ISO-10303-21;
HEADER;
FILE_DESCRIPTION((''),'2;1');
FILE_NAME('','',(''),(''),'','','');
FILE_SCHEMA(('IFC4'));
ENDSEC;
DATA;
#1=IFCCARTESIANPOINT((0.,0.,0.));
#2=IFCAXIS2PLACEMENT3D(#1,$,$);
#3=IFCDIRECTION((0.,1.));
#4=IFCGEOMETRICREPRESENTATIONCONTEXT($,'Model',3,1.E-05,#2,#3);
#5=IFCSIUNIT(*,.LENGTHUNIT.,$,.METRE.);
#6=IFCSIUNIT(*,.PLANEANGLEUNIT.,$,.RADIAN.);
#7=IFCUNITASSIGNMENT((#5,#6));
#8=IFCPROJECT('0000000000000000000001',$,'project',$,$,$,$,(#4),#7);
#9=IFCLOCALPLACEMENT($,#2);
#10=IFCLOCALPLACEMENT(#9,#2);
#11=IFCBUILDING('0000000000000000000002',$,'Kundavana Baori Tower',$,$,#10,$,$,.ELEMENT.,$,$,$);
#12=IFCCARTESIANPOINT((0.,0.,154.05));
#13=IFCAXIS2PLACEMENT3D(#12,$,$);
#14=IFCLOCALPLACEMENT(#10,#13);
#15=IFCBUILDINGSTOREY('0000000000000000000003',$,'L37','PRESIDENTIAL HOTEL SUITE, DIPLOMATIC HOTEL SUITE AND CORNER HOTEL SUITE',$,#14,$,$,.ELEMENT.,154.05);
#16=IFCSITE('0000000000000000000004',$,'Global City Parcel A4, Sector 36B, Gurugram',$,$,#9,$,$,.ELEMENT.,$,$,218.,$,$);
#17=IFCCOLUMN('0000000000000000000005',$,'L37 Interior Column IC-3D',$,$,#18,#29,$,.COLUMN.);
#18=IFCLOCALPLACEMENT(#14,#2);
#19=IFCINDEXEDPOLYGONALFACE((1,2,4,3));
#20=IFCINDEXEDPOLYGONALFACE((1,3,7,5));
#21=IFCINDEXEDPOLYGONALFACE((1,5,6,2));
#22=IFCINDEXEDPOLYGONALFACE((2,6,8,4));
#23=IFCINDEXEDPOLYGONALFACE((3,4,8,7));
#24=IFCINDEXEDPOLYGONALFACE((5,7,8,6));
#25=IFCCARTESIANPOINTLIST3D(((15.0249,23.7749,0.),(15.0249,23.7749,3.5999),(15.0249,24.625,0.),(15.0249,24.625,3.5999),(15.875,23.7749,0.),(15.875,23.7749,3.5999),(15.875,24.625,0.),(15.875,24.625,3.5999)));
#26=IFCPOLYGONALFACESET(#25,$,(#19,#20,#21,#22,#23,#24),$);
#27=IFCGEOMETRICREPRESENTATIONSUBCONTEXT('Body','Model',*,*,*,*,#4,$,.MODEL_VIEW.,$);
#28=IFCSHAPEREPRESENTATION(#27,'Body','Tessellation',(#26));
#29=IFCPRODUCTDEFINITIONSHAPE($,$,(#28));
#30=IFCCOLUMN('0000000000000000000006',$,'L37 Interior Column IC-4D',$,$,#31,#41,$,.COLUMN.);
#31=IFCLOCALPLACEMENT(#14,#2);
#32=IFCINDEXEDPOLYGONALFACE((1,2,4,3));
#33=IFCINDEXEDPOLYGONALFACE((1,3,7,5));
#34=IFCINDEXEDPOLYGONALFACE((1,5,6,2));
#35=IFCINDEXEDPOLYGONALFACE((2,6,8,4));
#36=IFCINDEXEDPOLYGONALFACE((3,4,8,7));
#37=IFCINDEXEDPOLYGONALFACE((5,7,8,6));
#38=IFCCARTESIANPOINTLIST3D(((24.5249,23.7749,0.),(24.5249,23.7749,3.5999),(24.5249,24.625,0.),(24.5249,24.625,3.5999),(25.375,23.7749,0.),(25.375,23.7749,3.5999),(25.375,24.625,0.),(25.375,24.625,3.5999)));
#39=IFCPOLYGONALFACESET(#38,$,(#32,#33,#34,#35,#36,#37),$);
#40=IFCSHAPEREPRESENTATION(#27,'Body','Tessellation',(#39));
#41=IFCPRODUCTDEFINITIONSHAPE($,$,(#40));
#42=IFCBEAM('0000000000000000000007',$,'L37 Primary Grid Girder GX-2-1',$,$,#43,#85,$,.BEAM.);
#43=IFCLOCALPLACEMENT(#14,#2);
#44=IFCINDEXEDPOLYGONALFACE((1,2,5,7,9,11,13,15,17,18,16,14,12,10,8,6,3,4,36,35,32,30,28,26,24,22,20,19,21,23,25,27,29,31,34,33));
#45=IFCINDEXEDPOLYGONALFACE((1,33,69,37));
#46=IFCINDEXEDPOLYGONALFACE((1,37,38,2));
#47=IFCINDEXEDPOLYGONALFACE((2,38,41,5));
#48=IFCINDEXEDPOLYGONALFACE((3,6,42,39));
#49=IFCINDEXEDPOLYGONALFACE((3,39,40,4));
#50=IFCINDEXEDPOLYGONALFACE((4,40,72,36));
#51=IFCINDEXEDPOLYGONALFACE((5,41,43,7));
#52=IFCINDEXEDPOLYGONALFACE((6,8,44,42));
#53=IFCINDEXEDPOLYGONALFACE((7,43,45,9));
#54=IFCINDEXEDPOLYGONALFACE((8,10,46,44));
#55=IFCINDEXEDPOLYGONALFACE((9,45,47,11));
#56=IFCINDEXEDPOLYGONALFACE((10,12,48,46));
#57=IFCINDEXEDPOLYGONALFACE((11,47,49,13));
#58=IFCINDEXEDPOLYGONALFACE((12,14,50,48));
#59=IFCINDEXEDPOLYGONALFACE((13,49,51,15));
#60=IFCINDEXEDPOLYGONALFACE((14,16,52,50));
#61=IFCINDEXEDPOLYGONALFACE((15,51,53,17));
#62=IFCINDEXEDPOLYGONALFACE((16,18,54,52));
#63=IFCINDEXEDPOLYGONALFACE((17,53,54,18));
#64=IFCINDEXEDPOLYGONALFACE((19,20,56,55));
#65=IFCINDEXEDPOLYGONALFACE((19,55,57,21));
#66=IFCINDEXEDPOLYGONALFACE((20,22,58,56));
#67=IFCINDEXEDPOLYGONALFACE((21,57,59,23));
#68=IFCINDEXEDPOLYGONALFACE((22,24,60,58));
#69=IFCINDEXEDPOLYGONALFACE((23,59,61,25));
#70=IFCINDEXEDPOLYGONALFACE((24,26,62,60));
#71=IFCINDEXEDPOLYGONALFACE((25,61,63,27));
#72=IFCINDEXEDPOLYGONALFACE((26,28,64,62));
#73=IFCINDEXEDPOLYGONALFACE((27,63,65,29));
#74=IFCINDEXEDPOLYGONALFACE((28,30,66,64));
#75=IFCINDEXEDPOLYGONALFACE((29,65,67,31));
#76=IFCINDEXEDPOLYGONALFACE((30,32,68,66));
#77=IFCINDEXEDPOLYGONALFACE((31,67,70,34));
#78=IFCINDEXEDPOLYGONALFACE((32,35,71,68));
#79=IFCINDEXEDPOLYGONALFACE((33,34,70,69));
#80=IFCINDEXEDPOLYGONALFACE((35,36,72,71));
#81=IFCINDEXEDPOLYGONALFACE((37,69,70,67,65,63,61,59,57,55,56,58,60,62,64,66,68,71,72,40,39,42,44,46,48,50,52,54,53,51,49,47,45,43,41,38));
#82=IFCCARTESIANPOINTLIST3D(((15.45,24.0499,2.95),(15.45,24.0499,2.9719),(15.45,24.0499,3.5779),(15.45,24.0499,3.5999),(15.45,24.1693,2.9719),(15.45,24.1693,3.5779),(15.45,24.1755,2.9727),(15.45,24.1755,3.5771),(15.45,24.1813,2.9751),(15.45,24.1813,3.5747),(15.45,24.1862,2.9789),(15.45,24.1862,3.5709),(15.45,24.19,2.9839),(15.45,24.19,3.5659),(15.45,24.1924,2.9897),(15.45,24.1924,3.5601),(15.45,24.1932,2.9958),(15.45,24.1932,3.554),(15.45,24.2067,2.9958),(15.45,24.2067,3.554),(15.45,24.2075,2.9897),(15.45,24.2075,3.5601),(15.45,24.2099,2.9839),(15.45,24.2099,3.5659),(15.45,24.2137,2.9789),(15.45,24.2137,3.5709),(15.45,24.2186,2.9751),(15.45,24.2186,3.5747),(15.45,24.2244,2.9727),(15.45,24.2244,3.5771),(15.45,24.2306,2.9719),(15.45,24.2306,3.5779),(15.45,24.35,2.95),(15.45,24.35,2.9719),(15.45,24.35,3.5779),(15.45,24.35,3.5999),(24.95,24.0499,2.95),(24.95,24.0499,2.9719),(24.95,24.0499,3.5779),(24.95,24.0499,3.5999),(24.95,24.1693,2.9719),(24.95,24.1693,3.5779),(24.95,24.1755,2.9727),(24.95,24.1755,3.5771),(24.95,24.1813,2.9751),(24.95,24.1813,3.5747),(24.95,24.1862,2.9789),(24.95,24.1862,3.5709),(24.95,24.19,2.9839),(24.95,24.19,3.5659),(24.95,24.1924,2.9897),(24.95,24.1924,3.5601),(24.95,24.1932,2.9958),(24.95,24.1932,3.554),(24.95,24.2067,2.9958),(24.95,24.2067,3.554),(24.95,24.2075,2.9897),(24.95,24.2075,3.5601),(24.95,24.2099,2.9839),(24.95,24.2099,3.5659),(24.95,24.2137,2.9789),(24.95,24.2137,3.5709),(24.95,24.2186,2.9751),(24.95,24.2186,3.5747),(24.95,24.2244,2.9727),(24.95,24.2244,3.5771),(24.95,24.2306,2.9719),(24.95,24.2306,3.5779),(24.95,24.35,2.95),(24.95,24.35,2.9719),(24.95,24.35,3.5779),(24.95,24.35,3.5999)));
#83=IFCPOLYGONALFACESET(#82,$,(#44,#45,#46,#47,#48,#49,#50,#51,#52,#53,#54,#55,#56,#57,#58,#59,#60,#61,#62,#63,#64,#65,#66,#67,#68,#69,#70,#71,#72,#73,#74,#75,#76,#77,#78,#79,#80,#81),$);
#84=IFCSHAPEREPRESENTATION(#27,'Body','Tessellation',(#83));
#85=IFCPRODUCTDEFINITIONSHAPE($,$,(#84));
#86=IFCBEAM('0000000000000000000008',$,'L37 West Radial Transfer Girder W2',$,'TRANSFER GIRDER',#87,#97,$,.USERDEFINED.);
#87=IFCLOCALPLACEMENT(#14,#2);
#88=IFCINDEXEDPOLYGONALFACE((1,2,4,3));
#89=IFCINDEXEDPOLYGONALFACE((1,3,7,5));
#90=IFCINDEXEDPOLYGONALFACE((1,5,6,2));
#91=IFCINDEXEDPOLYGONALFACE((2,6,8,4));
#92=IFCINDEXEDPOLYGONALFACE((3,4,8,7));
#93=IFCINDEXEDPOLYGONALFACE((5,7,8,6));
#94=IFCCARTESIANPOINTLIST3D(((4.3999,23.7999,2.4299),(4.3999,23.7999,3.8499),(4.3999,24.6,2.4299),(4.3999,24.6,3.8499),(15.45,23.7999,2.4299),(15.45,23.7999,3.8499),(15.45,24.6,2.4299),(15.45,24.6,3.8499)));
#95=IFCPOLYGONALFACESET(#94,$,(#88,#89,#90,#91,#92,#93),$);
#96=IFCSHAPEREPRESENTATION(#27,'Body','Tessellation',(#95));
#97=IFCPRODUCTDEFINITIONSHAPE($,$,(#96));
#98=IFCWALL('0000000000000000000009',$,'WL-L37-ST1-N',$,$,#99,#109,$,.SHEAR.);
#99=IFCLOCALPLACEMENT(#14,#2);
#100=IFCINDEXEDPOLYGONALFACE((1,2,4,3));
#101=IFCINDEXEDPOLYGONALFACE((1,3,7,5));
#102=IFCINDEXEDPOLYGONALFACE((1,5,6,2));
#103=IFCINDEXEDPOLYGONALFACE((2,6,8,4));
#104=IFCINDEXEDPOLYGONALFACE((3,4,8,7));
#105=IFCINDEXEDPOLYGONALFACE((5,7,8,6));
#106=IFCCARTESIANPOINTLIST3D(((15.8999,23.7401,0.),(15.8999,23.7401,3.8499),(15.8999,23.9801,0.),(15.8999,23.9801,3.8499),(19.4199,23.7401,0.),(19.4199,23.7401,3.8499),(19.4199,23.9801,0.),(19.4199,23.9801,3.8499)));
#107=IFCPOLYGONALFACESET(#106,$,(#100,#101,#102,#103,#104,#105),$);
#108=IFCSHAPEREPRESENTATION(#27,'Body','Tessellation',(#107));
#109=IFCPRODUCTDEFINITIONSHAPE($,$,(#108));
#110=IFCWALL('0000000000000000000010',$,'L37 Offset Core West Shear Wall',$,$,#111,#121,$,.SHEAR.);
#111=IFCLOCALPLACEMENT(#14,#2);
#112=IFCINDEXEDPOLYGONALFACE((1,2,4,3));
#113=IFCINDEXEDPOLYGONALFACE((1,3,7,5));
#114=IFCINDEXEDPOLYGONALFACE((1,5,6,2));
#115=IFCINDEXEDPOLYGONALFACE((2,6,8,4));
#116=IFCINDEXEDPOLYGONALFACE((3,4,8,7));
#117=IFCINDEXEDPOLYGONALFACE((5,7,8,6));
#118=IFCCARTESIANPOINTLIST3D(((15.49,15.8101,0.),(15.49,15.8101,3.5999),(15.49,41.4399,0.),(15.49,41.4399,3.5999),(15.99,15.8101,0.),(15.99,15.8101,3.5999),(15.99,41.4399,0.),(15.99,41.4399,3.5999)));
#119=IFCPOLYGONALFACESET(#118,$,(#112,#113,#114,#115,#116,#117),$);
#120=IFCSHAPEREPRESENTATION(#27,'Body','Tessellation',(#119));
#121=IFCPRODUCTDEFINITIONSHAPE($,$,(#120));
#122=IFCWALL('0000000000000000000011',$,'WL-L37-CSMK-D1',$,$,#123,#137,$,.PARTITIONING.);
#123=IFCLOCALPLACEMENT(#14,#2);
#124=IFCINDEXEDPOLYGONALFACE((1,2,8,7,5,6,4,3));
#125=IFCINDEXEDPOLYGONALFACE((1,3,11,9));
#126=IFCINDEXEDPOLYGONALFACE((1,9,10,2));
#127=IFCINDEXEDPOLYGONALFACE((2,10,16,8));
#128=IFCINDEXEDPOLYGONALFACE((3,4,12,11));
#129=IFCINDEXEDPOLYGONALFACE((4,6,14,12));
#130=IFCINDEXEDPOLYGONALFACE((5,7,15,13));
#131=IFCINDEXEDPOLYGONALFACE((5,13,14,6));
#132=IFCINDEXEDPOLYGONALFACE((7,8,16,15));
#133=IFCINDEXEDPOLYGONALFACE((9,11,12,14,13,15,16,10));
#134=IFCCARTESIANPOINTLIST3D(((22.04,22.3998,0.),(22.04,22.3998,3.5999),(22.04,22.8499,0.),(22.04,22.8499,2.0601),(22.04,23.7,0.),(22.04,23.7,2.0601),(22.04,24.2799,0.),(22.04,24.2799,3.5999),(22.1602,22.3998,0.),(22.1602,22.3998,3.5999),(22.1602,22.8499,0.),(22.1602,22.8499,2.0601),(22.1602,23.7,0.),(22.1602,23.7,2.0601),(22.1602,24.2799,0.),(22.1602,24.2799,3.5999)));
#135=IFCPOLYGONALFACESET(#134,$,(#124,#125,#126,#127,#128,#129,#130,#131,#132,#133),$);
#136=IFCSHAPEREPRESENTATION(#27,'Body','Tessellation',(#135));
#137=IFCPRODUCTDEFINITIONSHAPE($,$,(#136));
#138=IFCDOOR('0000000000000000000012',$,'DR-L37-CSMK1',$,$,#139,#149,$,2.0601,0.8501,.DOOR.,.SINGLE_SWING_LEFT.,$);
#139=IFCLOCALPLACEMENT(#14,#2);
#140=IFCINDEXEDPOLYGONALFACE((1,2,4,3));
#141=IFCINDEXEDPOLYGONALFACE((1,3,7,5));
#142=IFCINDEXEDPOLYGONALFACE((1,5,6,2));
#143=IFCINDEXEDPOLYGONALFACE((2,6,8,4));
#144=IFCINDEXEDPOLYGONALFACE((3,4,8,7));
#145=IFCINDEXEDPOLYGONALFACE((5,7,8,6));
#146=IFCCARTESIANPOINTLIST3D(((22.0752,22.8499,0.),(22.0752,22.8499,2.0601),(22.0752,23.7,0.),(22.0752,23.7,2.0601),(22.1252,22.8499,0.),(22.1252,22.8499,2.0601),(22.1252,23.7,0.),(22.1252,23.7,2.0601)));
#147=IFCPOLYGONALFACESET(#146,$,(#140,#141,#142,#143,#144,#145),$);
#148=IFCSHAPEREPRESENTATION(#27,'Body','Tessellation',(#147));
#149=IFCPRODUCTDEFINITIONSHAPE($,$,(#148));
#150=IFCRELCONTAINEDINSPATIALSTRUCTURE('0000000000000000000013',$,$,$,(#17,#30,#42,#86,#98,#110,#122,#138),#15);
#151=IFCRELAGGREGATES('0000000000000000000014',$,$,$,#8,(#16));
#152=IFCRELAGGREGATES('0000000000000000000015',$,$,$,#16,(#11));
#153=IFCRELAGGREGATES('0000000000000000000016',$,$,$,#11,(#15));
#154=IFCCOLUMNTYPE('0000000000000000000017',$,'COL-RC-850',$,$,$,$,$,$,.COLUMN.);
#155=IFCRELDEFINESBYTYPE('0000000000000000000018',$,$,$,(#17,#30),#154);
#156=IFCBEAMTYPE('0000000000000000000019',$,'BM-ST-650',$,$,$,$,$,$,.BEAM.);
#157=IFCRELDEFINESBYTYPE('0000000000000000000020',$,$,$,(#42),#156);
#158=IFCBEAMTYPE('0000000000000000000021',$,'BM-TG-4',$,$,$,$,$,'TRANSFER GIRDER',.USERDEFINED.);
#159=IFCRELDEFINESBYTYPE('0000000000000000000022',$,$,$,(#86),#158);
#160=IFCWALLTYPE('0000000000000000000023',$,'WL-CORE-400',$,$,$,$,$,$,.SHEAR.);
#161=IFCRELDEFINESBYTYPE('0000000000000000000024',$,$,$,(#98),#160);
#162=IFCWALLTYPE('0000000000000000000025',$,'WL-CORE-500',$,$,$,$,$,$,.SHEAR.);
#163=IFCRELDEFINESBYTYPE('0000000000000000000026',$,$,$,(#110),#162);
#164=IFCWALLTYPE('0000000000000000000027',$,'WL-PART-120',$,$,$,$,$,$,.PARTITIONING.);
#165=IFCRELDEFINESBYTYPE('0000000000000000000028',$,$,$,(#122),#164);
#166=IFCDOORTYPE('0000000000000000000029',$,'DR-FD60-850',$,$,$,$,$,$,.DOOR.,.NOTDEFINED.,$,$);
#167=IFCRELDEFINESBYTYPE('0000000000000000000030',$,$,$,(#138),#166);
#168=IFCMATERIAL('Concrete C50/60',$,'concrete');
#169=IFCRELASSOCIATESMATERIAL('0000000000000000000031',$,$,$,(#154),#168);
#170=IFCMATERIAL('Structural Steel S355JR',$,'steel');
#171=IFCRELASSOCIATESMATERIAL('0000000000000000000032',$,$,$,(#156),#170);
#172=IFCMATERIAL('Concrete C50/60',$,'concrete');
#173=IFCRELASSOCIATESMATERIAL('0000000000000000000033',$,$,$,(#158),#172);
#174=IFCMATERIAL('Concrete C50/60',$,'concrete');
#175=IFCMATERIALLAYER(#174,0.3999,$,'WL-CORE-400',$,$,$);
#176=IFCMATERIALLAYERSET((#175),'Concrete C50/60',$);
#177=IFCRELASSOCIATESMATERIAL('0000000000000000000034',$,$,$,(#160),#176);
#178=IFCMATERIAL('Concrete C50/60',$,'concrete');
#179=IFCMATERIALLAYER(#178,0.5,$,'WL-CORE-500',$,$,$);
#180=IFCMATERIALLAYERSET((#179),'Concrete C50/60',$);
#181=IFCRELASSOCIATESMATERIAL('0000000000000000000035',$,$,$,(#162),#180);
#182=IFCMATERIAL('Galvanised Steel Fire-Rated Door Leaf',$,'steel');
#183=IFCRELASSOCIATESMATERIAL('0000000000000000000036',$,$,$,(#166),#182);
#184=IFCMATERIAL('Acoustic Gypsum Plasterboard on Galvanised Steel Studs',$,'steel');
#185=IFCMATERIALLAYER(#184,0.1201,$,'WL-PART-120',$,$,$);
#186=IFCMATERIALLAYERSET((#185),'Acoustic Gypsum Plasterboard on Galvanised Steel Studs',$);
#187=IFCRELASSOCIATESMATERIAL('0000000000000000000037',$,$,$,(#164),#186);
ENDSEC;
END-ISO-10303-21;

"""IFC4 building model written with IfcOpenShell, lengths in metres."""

from ifc_helpers import new_model, si_unit, direction, frame, frame_2d, origin, origin_2d, place, context, subcontext, project, spatial, rectangle, i_section, extrude, material, layer, layer_set, material_profile, profile_set, type_object, element, fill, save


model = new_model("IFC4")

# Units and contexts
model_context = context("Model", 3, precision=1e-05, world=origin(), true_north=direction((0.0, 1.0)))
body_context = subcontext(model_context, "Body", "Model", "MODEL_VIEW")
ifc_project = project(units=[si_unit("LENGTHUNIT", "METRE"), si_unit("PLANEANGLEUNIT", "RADIAN")], contexts=[model_context])

# Site, building, storey
site_placement = place(None, origin())
site = spatial("IfcSite", under=ifc_project, at=site_placement, Name="Global City Parcel A4, Sector 36B, Gurugram", CompositionType="ELEMENT", RefElevation=218.0)
building_placement = place(site_placement, origin())
building = spatial("IfcBuilding", under=site, at=building_placement, Name="Kundavana Baori Tower", CompositionType="ELEMENT")
storey_placement = place(building_placement, frame((0.0, 0.0, 154.05)))
storey = spatial("IfcBuildingStorey", under=building, at=storey_placement, Name="L37", Description="PRESIDENTIAL HOTEL SUITE, DIPLOMATIC HOTEL SUITE AND CORNER HOTEL SUITE", CompositionType="ELEMENT", Elevation=154.05)

# Columns
ifc_material_1 = material(Name="Concrete C50/60", Category="concrete")
ifc_material_profile_1 = material_profile(ifc_material_1, rectangle(XDim=0.8501, YDim=0.8501, at=origin_2d()), Name="RC 850x850")
ifc_profile_set_1 = profile_set([ifc_material_profile_1], Name="Concrete C50/60")
column_type = type_object("IfcColumnType", Name="COL-RC-850", PredefinedType="COLUMN", material=ifc_profile_set_1)
for number, where, z_axis, x_axis, name in (
    (1, (15.45, 24.2, 0.0), (0.0, 0.0, 1.0), (1.0, 0.0, 0.0), "L37 Interior Column IC-3D"),
    (2, (24.95, 24.2, 0.0), (0.0, 0.0, 1.0), (1.0, 0.0, 0.0), "L37 Interior Column IC-4D"),
):
    element("IfcColumn", number, at=place(storey_placement, frame(where, z_axis=z_axis, x_axis=x_axis)), inside=storey, type_object=column_type, Name=name, PredefinedType="COLUMN", context=body_context, shape_type="SweptSolid", body=[
        extrude(rectangle(XDim=0.8501, YDim=0.8501, at=origin_2d()), origin(), (0.0, 0.0, 1.0), 3.5999),
    ])

# Beams
ifc_material_2 = material(Name="Structural Steel S355JR", Category="steel")
ifc_material_profile_2 = material_profile(ifc_material_2, i_section(OverallWidth=0.3, OverallDepth=0.6499, WebThickness=0.0134, FlangeThickness=0.022, FilletRadius=0.0239, at=origin_2d()), Name="NPB 650x300x155")
ifc_profile_set_2 = profile_set([ifc_material_profile_2], Name="Structural Steel S355JR")
beam_type_1 = type_object("IfcBeamType", Name="BM-ST-650", PredefinedType="BEAM", material=ifc_profile_set_2)
beam_1_placement = place(storey_placement, frame((15.45, 24.2, 3.2749), z_axis=(1.0, 0.0, 0.0), x_axis=(0.0, 1.0, 0.0)))
element("IfcBeam", 3, at=beam_1_placement, inside=storey, type_object=beam_type_1, Name="L37 Primary Grid Girder GX-2-1", PredefinedType="BEAM", context=body_context, shape_type="SweptSolid", body=[
    extrude(i_section(OverallWidth=0.3, OverallDepth=0.6499, WebThickness=0.0134, FlangeThickness=0.022, FilletRadius=0.0239, at=origin_2d()), origin(), (0.0, 0.0, 1.0), 9.5),
])
ifc_material_3 = material(Name="Concrete C50/60", Category="concrete")
ifc_material_profile_3 = material_profile(ifc_material_3, rectangle(XDim=0.8, YDim=1.4199, at=origin_2d()), Name="BM-TG-4")
ifc_profile_set_3 = profile_set([ifc_material_profile_3], Name="Concrete C50/60")
beam_type_2 = type_object("IfcBeamType", Name="BM-TG-4", ElementType="TRANSFER GIRDER", PredefinedType="USERDEFINED", material=ifc_profile_set_3)
beam_2_placement = place(storey_placement, frame((15.45, 24.2, 3.1399), z_axis=(-1.0, 0.0, 0.0), x_axis=(0.0, -1.0, 0.0)))
element("IfcBeam", 4, at=beam_2_placement, inside=storey, type_object=beam_type_2, Name="L37 West Radial Transfer Girder W2", ObjectType="TRANSFER GIRDER", PredefinedType="USERDEFINED", context=body_context, shape_type="SweptSolid", body=[
    extrude(rectangle(XDim=0.8, YDim=1.4199, at=origin_2d()), origin(), (0.0, 0.0, 1.0), 11.05),
])

# Walls
ifc_material_4 = material(Name="Concrete C50/60", Category="concrete")
ifc_layer_1 = layer(ifc_material_4, 0.3999, Name="WL-CORE-400")
ifc_layer_set_1 = layer_set([ifc_layer_1], Name="Concrete C50/60")
wall_type_1 = type_object("IfcWallType", Name="WL-CORE-400", PredefinedType="SHEAR", material=ifc_layer_set_1)
wall_1_placement = place(storey_placement, frame((15.8999, 23.8601, 0.0), z_axis=(0.0, 0.0, 1.0), x_axis=(1.0, 0.0, 0.0)))
element("IfcWall", 5, at=wall_1_placement, inside=storey, type_object=wall_type_1, Name="WL-L37-ST1-N", PredefinedType="SHEAR", context=body_context, shape_type="SweptSolid", body=[
    extrude(rectangle(XDim=3.52, YDim=0.24, at=frame_2d((1.76, 0.0))), origin(), (0.0, 0.0, 1.0), 3.8499),
])
ifc_material_5 = material(Name="Concrete C50/60", Category="concrete")
ifc_layer_2 = layer(ifc_material_5, 0.5, Name="WL-CORE-500")
ifc_layer_set_2 = layer_set([ifc_layer_2], Name="Concrete C50/60")
wall_type_2 = type_object("IfcWallType", Name="WL-CORE-500", PredefinedType="SHEAR", material=ifc_layer_set_2)
wall_2_placement = place(storey_placement, frame((15.74, 15.8101, 0.0), z_axis=(0.0, 0.0, 1.0), x_axis=(0.0, 1.0, 0.0)))
element("IfcWall", 6, at=wall_2_placement, inside=storey, type_object=wall_type_2, Name="L37 Offset Core West Shear Wall", PredefinedType="SHEAR", context=body_context, shape_type="SweptSolid", body=[
    extrude(rectangle(XDim=25.6299, YDim=0.5, at=frame_2d((12.8149, 0.0))), origin(), (0.0, 0.0, 1.0), 3.5999),
])

# Shared definitions
ifc_material_6 = material(Name="Galvanised Steel Fire-Rated Door Leaf", Category="steel")
door_type_1 = type_object("IfcDoorType", Name="DR-FD60-850", OperationType="NOTDEFINED", PredefinedType="DOOR", material=ifc_material_6)

# Wall, opening, door
ifc_material_7 = material(Name="Acoustic Gypsum Plasterboard on Galvanised Steel Studs", Category="steel")
ifc_layer_3 = layer(ifc_material_7, 0.1201, Name="WL-PART-120")
ifc_layer_set_3 = layer_set([ifc_layer_3], Name="Acoustic Gypsum Plasterboard on Galvanised Steel Studs")
wall_type_3 = type_object("IfcWallType", Name="WL-PART-120", PredefinedType="PARTITIONING", material=ifc_layer_set_3)
wall_3_placement = place(storey_placement, frame((22.1001, 22.3999, 0.0), z_axis=(0.0, 0.0, 1.0), x_axis=(0.0, 1.0, 0.0)))
wall_3 = element("IfcWall", 7, at=wall_3_placement, inside=storey, type_object=wall_type_3, Name="WL-L37-CSMK-D1", PredefinedType="PARTITIONING", context=body_context, shape_type="SweptSolid", body=[
    extrude(rectangle(XDim=1.8801, YDim=0.1201, at=frame_2d((0.9399, 0.0))), origin(), (0.0, 0.0, 1.0), 3.5999),
])
opening_1_placement = place(wall_3_placement, frame((0.45, 0.0, 0.0)))
opening_1 = element("IfcOpeningElement", 8, at=opening_1_placement, cuts=wall_3, PredefinedType="OPENING", context=body_context, shape_type="SweptSolid", body=[
    extrude(rectangle(XDim=0.8501, YDim=2.0601, at=frame_2d((0.425, 1.03))), frame((0.0, 0.0701, 0.0), z_axis=(0.0, -1.0, 0.0), x_axis=(1.0, 0.0, 0.0)), (0.0, 0.0, 1.0), 0.1401),
])
door_1_placement = place(opening_1_placement, origin())
door_1 = element("IfcDoor", 9, at=door_1_placement, inside=storey, type_object=door_type_1, Name="DR-L37-CSMK1", OperationType="SINGLE_SWING_LEFT", OverallHeight=2.0601, OverallWidth=0.8501, PredefinedType="DOOR", context=body_context, shape_type="SweptSolid", body=[
    extrude(rectangle(XDim=0.8501, YDim=2.0601, at=frame_2d((0.425, 1.03))), frame((0.0, 0.0249, 0.0), z_axis=(0.0, -1.0, 0.0), x_axis=(1.0, 0.0, 0.0)), (0.0, 0.0, 1.0), 0.05),
])
fill(opening_1, door_1)

save(model, "model.ifc")
